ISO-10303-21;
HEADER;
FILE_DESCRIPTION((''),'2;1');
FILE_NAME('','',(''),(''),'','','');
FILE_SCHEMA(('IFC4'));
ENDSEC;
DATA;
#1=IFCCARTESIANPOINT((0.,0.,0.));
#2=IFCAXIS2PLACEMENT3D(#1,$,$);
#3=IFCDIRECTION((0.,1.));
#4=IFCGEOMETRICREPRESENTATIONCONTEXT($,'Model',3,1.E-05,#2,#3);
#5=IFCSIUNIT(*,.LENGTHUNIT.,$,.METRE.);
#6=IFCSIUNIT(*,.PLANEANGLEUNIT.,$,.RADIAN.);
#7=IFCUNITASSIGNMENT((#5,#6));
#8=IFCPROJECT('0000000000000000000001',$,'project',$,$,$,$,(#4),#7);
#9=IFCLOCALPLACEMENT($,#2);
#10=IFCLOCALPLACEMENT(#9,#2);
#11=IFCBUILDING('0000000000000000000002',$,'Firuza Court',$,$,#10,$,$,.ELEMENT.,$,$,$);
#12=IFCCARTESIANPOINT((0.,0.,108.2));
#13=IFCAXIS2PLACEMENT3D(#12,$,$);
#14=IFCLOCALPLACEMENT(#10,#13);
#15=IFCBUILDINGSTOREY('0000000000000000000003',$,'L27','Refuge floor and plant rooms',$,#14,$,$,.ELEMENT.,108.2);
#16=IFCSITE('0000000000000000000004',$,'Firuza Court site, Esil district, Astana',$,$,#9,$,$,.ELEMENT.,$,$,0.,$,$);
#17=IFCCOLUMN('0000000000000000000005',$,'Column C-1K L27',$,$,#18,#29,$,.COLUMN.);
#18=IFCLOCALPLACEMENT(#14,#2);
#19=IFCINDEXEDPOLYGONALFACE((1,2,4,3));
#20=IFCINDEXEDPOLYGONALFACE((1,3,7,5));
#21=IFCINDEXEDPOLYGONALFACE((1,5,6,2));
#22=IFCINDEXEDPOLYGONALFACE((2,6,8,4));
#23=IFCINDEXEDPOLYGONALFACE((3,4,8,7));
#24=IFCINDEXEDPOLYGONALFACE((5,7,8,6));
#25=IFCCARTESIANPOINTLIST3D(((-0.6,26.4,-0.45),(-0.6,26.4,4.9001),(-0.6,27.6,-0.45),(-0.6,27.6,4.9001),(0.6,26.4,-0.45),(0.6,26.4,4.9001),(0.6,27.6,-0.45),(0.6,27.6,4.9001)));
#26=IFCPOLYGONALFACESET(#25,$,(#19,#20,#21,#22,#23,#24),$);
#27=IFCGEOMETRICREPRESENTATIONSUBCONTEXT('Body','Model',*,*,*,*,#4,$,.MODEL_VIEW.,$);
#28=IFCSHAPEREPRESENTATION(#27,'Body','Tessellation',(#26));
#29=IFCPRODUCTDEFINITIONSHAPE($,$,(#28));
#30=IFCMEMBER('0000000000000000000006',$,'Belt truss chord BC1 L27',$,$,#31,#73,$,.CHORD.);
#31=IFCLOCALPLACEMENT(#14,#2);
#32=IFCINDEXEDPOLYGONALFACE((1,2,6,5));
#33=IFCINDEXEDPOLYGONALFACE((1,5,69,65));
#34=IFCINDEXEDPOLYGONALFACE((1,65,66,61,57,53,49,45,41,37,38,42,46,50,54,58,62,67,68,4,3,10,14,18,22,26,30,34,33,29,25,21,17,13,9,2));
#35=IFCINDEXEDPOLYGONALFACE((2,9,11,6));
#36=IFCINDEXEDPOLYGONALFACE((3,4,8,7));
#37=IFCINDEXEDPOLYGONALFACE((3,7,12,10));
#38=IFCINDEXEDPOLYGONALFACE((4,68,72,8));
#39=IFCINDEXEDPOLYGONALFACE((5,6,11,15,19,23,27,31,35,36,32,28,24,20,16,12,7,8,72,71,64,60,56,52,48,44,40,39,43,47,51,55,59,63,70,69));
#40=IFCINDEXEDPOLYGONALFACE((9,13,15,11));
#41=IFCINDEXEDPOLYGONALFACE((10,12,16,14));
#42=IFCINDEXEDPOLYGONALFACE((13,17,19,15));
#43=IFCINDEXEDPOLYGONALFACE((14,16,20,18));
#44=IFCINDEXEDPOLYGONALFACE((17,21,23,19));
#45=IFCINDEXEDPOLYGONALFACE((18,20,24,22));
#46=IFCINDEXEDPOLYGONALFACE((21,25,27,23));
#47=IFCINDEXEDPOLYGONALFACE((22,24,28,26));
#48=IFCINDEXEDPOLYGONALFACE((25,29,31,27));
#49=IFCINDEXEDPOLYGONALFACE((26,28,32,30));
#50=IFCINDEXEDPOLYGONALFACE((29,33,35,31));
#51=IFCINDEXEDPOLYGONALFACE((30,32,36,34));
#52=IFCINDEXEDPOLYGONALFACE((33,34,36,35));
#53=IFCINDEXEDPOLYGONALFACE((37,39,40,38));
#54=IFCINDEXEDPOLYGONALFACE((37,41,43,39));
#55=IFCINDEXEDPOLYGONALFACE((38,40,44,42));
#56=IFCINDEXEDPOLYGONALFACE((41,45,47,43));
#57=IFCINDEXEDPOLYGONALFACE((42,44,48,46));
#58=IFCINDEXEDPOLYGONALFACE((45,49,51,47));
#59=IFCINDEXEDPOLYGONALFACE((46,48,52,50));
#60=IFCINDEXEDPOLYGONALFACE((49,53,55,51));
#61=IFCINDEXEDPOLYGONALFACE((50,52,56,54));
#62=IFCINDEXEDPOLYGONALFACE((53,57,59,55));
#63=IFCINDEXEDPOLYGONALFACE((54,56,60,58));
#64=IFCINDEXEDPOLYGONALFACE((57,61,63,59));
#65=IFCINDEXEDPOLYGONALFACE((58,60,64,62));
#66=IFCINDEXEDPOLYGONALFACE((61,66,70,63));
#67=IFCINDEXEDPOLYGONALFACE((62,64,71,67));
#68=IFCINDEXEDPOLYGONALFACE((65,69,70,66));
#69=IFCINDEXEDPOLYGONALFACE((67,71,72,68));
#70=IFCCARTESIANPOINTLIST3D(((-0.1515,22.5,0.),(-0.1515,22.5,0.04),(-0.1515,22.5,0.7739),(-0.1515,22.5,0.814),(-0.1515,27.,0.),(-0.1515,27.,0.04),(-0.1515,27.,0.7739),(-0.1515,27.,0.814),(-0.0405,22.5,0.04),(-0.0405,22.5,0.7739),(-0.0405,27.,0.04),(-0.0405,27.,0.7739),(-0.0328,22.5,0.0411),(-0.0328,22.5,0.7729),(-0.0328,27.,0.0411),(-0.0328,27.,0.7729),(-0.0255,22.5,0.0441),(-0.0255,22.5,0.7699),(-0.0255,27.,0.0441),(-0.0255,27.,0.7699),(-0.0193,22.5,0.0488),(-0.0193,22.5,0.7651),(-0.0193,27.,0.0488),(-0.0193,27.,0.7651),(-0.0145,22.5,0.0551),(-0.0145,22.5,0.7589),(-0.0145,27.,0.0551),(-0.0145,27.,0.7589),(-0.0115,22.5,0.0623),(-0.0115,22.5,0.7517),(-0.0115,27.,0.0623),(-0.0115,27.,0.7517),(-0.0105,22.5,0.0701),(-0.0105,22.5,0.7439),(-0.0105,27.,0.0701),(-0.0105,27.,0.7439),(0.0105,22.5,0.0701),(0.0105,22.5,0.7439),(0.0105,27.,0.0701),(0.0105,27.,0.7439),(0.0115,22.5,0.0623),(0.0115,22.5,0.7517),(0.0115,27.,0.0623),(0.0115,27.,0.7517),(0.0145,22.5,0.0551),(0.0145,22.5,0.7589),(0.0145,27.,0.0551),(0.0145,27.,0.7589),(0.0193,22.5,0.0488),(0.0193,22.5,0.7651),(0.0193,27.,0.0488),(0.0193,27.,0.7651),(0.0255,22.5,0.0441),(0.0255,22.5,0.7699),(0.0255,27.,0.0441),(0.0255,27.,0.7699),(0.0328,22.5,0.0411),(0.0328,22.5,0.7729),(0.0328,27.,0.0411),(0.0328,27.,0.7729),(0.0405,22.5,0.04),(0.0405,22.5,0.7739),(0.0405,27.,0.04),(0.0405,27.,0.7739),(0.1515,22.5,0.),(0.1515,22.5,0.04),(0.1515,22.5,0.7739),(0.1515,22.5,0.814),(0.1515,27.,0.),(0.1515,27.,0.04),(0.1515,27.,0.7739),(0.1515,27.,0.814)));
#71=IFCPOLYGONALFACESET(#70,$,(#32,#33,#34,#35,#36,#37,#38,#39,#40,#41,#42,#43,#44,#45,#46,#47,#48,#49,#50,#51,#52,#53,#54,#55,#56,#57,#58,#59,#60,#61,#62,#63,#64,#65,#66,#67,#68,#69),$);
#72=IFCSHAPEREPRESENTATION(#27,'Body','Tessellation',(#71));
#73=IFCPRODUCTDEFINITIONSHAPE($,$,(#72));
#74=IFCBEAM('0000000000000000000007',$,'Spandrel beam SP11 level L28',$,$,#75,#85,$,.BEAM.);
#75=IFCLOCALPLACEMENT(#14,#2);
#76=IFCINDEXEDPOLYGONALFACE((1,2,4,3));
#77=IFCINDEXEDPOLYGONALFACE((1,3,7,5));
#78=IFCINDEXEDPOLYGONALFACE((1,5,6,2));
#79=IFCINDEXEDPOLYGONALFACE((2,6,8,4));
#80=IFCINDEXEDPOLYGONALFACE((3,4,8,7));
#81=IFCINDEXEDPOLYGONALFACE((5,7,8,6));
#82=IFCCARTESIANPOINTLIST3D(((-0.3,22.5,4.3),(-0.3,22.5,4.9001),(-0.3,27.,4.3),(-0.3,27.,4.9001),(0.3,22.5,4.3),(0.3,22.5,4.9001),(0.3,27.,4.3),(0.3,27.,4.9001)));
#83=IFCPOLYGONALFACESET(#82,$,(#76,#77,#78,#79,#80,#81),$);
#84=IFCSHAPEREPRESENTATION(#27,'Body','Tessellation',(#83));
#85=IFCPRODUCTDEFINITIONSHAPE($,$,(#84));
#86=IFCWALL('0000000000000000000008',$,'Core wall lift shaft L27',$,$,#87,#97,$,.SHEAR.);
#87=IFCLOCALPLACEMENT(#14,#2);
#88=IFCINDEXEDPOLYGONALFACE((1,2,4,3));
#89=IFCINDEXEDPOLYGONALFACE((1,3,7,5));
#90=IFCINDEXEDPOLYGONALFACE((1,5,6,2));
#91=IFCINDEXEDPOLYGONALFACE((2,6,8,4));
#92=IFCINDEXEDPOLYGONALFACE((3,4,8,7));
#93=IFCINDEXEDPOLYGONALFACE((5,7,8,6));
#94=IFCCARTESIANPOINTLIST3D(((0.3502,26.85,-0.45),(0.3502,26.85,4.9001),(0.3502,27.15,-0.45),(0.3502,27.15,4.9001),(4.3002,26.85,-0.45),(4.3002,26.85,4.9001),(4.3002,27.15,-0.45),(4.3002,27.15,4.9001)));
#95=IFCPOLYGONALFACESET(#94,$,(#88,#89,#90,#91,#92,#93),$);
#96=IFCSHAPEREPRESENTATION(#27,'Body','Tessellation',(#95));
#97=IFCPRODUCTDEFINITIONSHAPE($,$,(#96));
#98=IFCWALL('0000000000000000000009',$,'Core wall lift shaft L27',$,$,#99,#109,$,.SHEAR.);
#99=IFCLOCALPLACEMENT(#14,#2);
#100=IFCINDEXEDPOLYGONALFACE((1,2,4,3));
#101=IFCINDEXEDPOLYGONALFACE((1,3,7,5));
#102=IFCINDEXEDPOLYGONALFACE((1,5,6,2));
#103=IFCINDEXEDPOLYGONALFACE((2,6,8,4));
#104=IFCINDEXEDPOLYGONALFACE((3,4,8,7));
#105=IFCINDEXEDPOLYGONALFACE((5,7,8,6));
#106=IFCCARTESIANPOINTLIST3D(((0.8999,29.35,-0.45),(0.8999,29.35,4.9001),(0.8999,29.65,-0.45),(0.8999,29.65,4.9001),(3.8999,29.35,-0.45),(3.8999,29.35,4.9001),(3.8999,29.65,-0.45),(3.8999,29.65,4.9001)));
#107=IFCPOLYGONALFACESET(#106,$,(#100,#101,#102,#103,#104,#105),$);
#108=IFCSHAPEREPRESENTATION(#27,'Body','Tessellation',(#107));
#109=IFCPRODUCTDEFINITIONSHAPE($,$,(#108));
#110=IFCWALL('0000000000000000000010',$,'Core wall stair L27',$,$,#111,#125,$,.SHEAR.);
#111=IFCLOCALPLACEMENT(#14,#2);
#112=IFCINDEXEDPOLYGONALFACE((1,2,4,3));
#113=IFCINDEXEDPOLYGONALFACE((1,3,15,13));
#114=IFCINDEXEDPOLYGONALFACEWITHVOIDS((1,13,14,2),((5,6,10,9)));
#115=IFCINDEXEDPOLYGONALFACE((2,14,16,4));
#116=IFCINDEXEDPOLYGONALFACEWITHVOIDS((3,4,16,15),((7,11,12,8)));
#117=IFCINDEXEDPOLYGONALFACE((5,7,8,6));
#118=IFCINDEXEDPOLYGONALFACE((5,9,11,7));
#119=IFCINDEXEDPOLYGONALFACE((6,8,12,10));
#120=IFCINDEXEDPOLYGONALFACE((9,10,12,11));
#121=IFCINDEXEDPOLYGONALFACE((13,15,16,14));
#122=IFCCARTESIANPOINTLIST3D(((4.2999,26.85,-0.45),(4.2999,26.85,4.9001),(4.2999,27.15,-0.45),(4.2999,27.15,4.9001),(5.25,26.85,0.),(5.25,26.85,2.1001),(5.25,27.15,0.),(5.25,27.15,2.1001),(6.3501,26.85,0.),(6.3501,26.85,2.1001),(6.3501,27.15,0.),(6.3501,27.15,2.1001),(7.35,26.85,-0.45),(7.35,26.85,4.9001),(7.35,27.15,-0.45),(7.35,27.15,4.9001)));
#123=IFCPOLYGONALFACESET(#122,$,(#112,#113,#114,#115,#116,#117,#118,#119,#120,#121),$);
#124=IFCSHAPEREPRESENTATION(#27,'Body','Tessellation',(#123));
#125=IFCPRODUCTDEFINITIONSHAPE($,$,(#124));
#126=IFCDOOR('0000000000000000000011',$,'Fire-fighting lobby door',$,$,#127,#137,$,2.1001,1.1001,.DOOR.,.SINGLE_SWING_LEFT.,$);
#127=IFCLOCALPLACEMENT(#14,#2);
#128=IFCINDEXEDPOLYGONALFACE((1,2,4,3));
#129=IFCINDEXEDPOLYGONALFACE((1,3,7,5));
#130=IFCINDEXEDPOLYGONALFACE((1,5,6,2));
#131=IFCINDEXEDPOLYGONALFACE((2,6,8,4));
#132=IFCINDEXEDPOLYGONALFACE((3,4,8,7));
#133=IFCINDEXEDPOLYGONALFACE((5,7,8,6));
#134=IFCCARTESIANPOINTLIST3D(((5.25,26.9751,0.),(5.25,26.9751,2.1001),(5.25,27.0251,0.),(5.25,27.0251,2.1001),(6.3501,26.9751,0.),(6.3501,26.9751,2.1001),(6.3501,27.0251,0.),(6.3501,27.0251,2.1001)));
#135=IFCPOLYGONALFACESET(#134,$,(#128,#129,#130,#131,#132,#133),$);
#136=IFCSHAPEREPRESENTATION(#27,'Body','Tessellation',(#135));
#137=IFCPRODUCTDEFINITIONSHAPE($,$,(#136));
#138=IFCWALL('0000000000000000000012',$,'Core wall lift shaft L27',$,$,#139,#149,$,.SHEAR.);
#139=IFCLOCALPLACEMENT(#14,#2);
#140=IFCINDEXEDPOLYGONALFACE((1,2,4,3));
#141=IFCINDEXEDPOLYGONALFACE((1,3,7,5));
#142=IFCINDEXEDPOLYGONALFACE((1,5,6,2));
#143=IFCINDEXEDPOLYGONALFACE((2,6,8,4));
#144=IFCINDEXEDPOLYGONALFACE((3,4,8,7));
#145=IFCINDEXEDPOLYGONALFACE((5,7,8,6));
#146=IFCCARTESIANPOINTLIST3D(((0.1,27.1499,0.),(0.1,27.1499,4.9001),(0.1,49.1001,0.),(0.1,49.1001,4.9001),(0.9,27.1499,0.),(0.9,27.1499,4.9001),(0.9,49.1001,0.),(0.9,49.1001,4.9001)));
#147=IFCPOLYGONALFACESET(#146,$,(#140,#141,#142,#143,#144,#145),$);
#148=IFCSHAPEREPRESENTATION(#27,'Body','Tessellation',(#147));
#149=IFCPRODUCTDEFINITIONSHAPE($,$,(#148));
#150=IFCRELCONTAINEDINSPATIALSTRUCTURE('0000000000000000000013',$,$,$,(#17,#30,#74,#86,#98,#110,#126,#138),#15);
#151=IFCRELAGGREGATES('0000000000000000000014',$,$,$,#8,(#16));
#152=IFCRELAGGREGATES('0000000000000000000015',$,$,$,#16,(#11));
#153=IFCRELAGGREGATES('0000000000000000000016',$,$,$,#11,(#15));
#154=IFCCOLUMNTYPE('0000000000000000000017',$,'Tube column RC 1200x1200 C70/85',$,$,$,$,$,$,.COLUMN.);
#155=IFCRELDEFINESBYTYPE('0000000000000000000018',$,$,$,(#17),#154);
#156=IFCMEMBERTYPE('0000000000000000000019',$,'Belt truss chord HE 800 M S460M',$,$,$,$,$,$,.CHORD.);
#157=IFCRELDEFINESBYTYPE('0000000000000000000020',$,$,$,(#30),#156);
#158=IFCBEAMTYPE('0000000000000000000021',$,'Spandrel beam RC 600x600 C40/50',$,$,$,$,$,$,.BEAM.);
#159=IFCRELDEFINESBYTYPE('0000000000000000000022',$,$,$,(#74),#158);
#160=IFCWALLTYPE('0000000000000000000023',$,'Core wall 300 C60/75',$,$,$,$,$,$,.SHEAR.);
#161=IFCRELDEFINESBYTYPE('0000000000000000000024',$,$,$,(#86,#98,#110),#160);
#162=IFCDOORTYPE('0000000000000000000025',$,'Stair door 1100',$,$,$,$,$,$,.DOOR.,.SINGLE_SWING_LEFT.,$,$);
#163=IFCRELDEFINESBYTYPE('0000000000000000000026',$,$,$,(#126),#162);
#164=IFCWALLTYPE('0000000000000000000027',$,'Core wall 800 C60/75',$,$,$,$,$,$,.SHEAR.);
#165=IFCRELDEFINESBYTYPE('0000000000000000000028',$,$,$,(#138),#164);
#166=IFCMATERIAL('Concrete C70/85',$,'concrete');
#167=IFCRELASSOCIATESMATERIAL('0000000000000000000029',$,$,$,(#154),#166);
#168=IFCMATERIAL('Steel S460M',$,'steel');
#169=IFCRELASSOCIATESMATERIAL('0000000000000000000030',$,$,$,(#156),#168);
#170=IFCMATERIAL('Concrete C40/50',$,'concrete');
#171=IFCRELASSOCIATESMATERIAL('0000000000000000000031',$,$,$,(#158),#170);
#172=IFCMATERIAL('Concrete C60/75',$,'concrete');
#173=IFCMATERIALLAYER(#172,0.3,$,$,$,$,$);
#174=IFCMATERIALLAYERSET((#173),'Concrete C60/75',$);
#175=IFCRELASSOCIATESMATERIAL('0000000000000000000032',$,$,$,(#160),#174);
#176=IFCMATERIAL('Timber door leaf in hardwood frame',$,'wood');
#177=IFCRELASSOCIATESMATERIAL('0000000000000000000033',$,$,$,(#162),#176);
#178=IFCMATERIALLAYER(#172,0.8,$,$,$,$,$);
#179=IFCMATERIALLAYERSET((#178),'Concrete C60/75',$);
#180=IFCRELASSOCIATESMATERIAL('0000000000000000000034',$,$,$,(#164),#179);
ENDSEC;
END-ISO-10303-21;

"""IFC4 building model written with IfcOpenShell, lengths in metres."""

from ifc_helpers import new_model, si_unit, direction, frame, frame_2d, origin, origin_2d, place, context, subcontext, project, spatial, rectangle, i_section, extrude, material, layer, layer_set, material_profile, profile_set, type_object, element, fill, save


model = new_model("IFC4")

# Units and contexts
model_context = context("Model", 3, precision=1e-05, world=origin(), true_north=direction((0.0, 1.0)))
body_context = subcontext(model_context, "Body", "Model", "MODEL_VIEW")
ifc_project = project(units=[si_unit("LENGTHUNIT", "METRE"), si_unit("PLANEANGLEUNIT", "RADIAN")], contexts=[model_context])

# Site, building, storey
site_placement = place(None, origin())
site = spatial("IfcSite", under=ifc_project, at=site_placement, Name="Firuza Court site, Esil district, Astana", CompositionType="ELEMENT", RefElevation=0.0)
building_placement = place(site_placement, origin())
building = spatial("IfcBuilding", under=site, at=building_placement, Name="Firuza Court", CompositionType="ELEMENT")
storey_placement = place(building_placement, frame((0.0, 0.0, 108.2)))
storey = spatial("IfcBuildingStorey", under=building, at=storey_placement, Name="L27", Description="Refuge floor and plant rooms", CompositionType="ELEMENT", Elevation=108.2)

# Column
ifc_material_1 = material(Name="Concrete C70/85", Category="concrete")
ifc_material_profile_1 = material_profile(ifc_material_1, rectangle(XDim=1.2, YDim=1.2, at=origin_2d()), Name="RC 1200x1200")
ifc_profile_set_1 = profile_set([ifc_material_profile_1], Name="Concrete C70/85")
column_type = type_object("IfcColumnType", Name="Tube column RC 1200x1200 C70/85", PredefinedType="COLUMN", material=ifc_profile_set_1)
column_placement = place(storey_placement, frame((0.0, 27.0, -0.45), z_axis=(0.0, 0.0, 1.0), x_axis=(1.0, 0.0, 0.0)))
element("IfcColumn", 1, at=column_placement, inside=storey, type_object=column_type, Name="Column C-1K L27", PredefinedType="COLUMN", context=body_context, shape_type="SweptSolid", body=[
    extrude(rectangle(XDim=1.2, YDim=1.2, at=origin_2d()), origin(), (0.0, 0.0, 1.0), 5.3501),
])

# Member
ifc_material_2 = material(Name="Steel S460M", Category="steel")
ifc_material_profile_2 = material_profile(ifc_material_2, i_section(OverallWidth=0.303, OverallDepth=0.814, WebThickness=0.021, FlangeThickness=0.04, FilletRadius=0.03, at=origin_2d()), Name="HE 800 M")
ifc_profile_set_2 = profile_set([ifc_material_profile_2], Name="Steel S460M")
member_type = type_object("IfcMemberType", Name="Belt truss chord HE 800 M S460M", PredefinedType="CHORD", material=ifc_profile_set_2)
member_placement = place(storey_placement, frame((0.0, 27.0, 0.407), z_axis=(0.0, -1.0, 0.0), x_axis=(1.0, 0.0, 0.0)))
element("IfcMember", 2, at=member_placement, inside=storey, type_object=member_type, Name="Belt truss chord BC1 L27", PredefinedType="CHORD", context=body_context, shape_type="SweptSolid", body=[
    extrude(i_section(OverallWidth=0.303, OverallDepth=0.814, WebThickness=0.021, FlangeThickness=0.04, FilletRadius=0.03, at=origin_2d()), origin(), (0.0, 0.0, 1.0), 4.5),
])

# Beam
ifc_material_3 = material(Name="Concrete C40/50", Category="concrete")
ifc_material_profile_3 = material_profile(ifc_material_3, rectangle(XDim=0.6001, YDim=0.6001, at=origin_2d()), Name="RC 600x600")
ifc_profile_set_3 = profile_set([ifc_material_profile_3], Name="Concrete C40/50")
beam_type = type_object("IfcBeamType", Name="Spandrel beam RC 600x600 C40/50", PredefinedType="BEAM", material=ifc_profile_set_3)
beam_placement = place(storey_placement, frame((0.0, 27.0, 4.6001), z_axis=(0.0, -1.0, 0.0), x_axis=(1.0, 0.0, 0.0)))
element("IfcBeam", 3, at=beam_placement, inside=storey, type_object=beam_type, Name="Spandrel beam SP11 level L28", PredefinedType="BEAM", context=body_context, shape_type="SweptSolid", body=[
    extrude(rectangle(XDim=0.6001, YDim=0.6001, at=origin_2d()), origin(), (0.0, 0.0, 1.0), 4.5),
])

# Walls
ifc_material_4 = material(Name="Concrete C60/75", Category="concrete")
ifc_layer_1 = layer(ifc_material_4, 0.3)
ifc_layer_set_1 = layer_set([ifc_layer_1], Name="Concrete C60/75")
wall_type_1 = type_object("IfcWallType", Name="Core wall 300 C60/75", PredefinedType="SHEAR", material=ifc_layer_set_1)
wall_1_placement = place(storey_placement, frame((0.3501, 27.0, -0.45), z_axis=(0.0, 0.0, 1.0), x_axis=(1.0, 0.0, 0.0)))
element("IfcWall", 4, at=wall_1_placement, inside=storey, type_object=wall_type_1, Name="Core wall lift shaft L27", PredefinedType="SHEAR", context=body_context, shape_type="SweptSolid", body=[
    extrude(rectangle(XDim=3.95, YDim=0.3, at=frame_2d((1.9751, 0.0))), origin(), (0.0, 0.0, 1.0), 5.3501),
])
wall_2_placement = place(storey_placement, frame((0.8999, 29.5, -0.45), z_axis=(0.0, 0.0, 1.0), x_axis=(1.0, 0.0, 0.0)))
element("IfcWall", 5, at=wall_2_placement, inside=storey, type_object=wall_type_1, Name="Core wall lift shaft L27", PredefinedType="SHEAR", context=body_context, shape_type="SweptSolid", body=[
    extrude(rectangle(XDim=3.0, YDim=0.3, at=frame_2d((1.5, 0.0))), origin(), (0.0, 0.0, 1.0), 5.3501),
])

# Wall, opening, door
wall_3_placement = place(storey_placement, frame((4.3, 27.0, -0.45), z_axis=(0.0, 0.0, 1.0), x_axis=(1.0, 0.0, 0.0)))
wall_3 = element("IfcWall", 6, at=wall_3_placement, inside=storey, type_object=wall_type_1, Name="Core wall stair L27", PredefinedType="SHEAR", context=body_context, shape_type="SweptSolid", body=[
    extrude(rectangle(XDim=3.05, YDim=0.3, at=frame_2d((1.5249, 0.0))), origin(), (0.0, 0.0, 1.0), 5.3501),
])
opening_1_placement = place(wall_3_placement, frame((0.95, 0.0, 0.45)))
opening_1 = element("IfcOpeningElement", 7, at=opening_1_placement, cuts=wall_3, PredefinedType="OPENING", context=body_context, shape_type="SweptSolid", body=[
    extrude(rectangle(XDim=1.1001, YDim=2.1001, at=frame_2d((0.55, 1.05))), frame((0.0, 0.1621, 0.0), z_axis=(0.0, -1.0, 0.0), x_axis=(1.0, 0.0, 0.0)), (0.0, 0.0, 1.0), 0.324),
])
ifc_material_5 = material(Name="Timber door leaf in hardwood frame", Category="wood")
door_type_1 = type_object("IfcDoorType", Name="Stair door 1100", OperationType="SINGLE_SWING_LEFT", PredefinedType="DOOR", material=ifc_material_5)
door_1_placement = place(opening_1_placement, frame((1.1001, 0.0, 0.0), z_axis=(0.0, 0.0, 1.0), x_axis=(-1.0, 0.0, 0.0)))
door_1 = element("IfcDoor", 8, at=door_1_placement, inside=storey, type_object=door_type_1, Name="Fire-fighting lobby door", OperationType="SINGLE_SWING_LEFT", OverallHeight=2.1001, OverallWidth=1.1001, PredefinedType="DOOR", context=body_context, shape_type="SweptSolid", body=[
    extrude(rectangle(XDim=1.1001, YDim=2.1001, at=frame_2d((0.55, 1.05))), frame((0.0, 0.0249, 0.0), z_axis=(0.0, -1.0, 0.0), x_axis=(1.0, 0.0, 0.0)), (0.0, 0.0, 1.0), 0.05),
])
fill(opening_1, door_1)

# Wall
ifc_layer_2 = layer(ifc_material_4, 0.8)
ifc_layer_set_2 = layer_set([ifc_layer_2], Name="Concrete C60/75")
wall_type_2 = type_object("IfcWallType", Name="Core wall 800 C60/75", PredefinedType="SHEAR", material=ifc_layer_set_2)
wall_4_placement = place(storey_placement, frame((0.5, 27.1499, 0.0), z_axis=(0.0, 0.0, 1.0), x_axis=(0.0, 1.0, 0.0)))
element("IfcWall", 9, at=wall_4_placement, inside=storey, type_object=wall_type_2, Name="Core wall lift shaft L27", PredefinedType="SHEAR", context=body_context, shape_type="SweptSolid", body=[
    extrude(rectangle(XDim=21.9502, YDim=0.8, at=frame_2d((10.9751, 0.0))), origin(), (0.0, 0.0, 1.0), 4.9001),
])

save(model, "model.ifc")
